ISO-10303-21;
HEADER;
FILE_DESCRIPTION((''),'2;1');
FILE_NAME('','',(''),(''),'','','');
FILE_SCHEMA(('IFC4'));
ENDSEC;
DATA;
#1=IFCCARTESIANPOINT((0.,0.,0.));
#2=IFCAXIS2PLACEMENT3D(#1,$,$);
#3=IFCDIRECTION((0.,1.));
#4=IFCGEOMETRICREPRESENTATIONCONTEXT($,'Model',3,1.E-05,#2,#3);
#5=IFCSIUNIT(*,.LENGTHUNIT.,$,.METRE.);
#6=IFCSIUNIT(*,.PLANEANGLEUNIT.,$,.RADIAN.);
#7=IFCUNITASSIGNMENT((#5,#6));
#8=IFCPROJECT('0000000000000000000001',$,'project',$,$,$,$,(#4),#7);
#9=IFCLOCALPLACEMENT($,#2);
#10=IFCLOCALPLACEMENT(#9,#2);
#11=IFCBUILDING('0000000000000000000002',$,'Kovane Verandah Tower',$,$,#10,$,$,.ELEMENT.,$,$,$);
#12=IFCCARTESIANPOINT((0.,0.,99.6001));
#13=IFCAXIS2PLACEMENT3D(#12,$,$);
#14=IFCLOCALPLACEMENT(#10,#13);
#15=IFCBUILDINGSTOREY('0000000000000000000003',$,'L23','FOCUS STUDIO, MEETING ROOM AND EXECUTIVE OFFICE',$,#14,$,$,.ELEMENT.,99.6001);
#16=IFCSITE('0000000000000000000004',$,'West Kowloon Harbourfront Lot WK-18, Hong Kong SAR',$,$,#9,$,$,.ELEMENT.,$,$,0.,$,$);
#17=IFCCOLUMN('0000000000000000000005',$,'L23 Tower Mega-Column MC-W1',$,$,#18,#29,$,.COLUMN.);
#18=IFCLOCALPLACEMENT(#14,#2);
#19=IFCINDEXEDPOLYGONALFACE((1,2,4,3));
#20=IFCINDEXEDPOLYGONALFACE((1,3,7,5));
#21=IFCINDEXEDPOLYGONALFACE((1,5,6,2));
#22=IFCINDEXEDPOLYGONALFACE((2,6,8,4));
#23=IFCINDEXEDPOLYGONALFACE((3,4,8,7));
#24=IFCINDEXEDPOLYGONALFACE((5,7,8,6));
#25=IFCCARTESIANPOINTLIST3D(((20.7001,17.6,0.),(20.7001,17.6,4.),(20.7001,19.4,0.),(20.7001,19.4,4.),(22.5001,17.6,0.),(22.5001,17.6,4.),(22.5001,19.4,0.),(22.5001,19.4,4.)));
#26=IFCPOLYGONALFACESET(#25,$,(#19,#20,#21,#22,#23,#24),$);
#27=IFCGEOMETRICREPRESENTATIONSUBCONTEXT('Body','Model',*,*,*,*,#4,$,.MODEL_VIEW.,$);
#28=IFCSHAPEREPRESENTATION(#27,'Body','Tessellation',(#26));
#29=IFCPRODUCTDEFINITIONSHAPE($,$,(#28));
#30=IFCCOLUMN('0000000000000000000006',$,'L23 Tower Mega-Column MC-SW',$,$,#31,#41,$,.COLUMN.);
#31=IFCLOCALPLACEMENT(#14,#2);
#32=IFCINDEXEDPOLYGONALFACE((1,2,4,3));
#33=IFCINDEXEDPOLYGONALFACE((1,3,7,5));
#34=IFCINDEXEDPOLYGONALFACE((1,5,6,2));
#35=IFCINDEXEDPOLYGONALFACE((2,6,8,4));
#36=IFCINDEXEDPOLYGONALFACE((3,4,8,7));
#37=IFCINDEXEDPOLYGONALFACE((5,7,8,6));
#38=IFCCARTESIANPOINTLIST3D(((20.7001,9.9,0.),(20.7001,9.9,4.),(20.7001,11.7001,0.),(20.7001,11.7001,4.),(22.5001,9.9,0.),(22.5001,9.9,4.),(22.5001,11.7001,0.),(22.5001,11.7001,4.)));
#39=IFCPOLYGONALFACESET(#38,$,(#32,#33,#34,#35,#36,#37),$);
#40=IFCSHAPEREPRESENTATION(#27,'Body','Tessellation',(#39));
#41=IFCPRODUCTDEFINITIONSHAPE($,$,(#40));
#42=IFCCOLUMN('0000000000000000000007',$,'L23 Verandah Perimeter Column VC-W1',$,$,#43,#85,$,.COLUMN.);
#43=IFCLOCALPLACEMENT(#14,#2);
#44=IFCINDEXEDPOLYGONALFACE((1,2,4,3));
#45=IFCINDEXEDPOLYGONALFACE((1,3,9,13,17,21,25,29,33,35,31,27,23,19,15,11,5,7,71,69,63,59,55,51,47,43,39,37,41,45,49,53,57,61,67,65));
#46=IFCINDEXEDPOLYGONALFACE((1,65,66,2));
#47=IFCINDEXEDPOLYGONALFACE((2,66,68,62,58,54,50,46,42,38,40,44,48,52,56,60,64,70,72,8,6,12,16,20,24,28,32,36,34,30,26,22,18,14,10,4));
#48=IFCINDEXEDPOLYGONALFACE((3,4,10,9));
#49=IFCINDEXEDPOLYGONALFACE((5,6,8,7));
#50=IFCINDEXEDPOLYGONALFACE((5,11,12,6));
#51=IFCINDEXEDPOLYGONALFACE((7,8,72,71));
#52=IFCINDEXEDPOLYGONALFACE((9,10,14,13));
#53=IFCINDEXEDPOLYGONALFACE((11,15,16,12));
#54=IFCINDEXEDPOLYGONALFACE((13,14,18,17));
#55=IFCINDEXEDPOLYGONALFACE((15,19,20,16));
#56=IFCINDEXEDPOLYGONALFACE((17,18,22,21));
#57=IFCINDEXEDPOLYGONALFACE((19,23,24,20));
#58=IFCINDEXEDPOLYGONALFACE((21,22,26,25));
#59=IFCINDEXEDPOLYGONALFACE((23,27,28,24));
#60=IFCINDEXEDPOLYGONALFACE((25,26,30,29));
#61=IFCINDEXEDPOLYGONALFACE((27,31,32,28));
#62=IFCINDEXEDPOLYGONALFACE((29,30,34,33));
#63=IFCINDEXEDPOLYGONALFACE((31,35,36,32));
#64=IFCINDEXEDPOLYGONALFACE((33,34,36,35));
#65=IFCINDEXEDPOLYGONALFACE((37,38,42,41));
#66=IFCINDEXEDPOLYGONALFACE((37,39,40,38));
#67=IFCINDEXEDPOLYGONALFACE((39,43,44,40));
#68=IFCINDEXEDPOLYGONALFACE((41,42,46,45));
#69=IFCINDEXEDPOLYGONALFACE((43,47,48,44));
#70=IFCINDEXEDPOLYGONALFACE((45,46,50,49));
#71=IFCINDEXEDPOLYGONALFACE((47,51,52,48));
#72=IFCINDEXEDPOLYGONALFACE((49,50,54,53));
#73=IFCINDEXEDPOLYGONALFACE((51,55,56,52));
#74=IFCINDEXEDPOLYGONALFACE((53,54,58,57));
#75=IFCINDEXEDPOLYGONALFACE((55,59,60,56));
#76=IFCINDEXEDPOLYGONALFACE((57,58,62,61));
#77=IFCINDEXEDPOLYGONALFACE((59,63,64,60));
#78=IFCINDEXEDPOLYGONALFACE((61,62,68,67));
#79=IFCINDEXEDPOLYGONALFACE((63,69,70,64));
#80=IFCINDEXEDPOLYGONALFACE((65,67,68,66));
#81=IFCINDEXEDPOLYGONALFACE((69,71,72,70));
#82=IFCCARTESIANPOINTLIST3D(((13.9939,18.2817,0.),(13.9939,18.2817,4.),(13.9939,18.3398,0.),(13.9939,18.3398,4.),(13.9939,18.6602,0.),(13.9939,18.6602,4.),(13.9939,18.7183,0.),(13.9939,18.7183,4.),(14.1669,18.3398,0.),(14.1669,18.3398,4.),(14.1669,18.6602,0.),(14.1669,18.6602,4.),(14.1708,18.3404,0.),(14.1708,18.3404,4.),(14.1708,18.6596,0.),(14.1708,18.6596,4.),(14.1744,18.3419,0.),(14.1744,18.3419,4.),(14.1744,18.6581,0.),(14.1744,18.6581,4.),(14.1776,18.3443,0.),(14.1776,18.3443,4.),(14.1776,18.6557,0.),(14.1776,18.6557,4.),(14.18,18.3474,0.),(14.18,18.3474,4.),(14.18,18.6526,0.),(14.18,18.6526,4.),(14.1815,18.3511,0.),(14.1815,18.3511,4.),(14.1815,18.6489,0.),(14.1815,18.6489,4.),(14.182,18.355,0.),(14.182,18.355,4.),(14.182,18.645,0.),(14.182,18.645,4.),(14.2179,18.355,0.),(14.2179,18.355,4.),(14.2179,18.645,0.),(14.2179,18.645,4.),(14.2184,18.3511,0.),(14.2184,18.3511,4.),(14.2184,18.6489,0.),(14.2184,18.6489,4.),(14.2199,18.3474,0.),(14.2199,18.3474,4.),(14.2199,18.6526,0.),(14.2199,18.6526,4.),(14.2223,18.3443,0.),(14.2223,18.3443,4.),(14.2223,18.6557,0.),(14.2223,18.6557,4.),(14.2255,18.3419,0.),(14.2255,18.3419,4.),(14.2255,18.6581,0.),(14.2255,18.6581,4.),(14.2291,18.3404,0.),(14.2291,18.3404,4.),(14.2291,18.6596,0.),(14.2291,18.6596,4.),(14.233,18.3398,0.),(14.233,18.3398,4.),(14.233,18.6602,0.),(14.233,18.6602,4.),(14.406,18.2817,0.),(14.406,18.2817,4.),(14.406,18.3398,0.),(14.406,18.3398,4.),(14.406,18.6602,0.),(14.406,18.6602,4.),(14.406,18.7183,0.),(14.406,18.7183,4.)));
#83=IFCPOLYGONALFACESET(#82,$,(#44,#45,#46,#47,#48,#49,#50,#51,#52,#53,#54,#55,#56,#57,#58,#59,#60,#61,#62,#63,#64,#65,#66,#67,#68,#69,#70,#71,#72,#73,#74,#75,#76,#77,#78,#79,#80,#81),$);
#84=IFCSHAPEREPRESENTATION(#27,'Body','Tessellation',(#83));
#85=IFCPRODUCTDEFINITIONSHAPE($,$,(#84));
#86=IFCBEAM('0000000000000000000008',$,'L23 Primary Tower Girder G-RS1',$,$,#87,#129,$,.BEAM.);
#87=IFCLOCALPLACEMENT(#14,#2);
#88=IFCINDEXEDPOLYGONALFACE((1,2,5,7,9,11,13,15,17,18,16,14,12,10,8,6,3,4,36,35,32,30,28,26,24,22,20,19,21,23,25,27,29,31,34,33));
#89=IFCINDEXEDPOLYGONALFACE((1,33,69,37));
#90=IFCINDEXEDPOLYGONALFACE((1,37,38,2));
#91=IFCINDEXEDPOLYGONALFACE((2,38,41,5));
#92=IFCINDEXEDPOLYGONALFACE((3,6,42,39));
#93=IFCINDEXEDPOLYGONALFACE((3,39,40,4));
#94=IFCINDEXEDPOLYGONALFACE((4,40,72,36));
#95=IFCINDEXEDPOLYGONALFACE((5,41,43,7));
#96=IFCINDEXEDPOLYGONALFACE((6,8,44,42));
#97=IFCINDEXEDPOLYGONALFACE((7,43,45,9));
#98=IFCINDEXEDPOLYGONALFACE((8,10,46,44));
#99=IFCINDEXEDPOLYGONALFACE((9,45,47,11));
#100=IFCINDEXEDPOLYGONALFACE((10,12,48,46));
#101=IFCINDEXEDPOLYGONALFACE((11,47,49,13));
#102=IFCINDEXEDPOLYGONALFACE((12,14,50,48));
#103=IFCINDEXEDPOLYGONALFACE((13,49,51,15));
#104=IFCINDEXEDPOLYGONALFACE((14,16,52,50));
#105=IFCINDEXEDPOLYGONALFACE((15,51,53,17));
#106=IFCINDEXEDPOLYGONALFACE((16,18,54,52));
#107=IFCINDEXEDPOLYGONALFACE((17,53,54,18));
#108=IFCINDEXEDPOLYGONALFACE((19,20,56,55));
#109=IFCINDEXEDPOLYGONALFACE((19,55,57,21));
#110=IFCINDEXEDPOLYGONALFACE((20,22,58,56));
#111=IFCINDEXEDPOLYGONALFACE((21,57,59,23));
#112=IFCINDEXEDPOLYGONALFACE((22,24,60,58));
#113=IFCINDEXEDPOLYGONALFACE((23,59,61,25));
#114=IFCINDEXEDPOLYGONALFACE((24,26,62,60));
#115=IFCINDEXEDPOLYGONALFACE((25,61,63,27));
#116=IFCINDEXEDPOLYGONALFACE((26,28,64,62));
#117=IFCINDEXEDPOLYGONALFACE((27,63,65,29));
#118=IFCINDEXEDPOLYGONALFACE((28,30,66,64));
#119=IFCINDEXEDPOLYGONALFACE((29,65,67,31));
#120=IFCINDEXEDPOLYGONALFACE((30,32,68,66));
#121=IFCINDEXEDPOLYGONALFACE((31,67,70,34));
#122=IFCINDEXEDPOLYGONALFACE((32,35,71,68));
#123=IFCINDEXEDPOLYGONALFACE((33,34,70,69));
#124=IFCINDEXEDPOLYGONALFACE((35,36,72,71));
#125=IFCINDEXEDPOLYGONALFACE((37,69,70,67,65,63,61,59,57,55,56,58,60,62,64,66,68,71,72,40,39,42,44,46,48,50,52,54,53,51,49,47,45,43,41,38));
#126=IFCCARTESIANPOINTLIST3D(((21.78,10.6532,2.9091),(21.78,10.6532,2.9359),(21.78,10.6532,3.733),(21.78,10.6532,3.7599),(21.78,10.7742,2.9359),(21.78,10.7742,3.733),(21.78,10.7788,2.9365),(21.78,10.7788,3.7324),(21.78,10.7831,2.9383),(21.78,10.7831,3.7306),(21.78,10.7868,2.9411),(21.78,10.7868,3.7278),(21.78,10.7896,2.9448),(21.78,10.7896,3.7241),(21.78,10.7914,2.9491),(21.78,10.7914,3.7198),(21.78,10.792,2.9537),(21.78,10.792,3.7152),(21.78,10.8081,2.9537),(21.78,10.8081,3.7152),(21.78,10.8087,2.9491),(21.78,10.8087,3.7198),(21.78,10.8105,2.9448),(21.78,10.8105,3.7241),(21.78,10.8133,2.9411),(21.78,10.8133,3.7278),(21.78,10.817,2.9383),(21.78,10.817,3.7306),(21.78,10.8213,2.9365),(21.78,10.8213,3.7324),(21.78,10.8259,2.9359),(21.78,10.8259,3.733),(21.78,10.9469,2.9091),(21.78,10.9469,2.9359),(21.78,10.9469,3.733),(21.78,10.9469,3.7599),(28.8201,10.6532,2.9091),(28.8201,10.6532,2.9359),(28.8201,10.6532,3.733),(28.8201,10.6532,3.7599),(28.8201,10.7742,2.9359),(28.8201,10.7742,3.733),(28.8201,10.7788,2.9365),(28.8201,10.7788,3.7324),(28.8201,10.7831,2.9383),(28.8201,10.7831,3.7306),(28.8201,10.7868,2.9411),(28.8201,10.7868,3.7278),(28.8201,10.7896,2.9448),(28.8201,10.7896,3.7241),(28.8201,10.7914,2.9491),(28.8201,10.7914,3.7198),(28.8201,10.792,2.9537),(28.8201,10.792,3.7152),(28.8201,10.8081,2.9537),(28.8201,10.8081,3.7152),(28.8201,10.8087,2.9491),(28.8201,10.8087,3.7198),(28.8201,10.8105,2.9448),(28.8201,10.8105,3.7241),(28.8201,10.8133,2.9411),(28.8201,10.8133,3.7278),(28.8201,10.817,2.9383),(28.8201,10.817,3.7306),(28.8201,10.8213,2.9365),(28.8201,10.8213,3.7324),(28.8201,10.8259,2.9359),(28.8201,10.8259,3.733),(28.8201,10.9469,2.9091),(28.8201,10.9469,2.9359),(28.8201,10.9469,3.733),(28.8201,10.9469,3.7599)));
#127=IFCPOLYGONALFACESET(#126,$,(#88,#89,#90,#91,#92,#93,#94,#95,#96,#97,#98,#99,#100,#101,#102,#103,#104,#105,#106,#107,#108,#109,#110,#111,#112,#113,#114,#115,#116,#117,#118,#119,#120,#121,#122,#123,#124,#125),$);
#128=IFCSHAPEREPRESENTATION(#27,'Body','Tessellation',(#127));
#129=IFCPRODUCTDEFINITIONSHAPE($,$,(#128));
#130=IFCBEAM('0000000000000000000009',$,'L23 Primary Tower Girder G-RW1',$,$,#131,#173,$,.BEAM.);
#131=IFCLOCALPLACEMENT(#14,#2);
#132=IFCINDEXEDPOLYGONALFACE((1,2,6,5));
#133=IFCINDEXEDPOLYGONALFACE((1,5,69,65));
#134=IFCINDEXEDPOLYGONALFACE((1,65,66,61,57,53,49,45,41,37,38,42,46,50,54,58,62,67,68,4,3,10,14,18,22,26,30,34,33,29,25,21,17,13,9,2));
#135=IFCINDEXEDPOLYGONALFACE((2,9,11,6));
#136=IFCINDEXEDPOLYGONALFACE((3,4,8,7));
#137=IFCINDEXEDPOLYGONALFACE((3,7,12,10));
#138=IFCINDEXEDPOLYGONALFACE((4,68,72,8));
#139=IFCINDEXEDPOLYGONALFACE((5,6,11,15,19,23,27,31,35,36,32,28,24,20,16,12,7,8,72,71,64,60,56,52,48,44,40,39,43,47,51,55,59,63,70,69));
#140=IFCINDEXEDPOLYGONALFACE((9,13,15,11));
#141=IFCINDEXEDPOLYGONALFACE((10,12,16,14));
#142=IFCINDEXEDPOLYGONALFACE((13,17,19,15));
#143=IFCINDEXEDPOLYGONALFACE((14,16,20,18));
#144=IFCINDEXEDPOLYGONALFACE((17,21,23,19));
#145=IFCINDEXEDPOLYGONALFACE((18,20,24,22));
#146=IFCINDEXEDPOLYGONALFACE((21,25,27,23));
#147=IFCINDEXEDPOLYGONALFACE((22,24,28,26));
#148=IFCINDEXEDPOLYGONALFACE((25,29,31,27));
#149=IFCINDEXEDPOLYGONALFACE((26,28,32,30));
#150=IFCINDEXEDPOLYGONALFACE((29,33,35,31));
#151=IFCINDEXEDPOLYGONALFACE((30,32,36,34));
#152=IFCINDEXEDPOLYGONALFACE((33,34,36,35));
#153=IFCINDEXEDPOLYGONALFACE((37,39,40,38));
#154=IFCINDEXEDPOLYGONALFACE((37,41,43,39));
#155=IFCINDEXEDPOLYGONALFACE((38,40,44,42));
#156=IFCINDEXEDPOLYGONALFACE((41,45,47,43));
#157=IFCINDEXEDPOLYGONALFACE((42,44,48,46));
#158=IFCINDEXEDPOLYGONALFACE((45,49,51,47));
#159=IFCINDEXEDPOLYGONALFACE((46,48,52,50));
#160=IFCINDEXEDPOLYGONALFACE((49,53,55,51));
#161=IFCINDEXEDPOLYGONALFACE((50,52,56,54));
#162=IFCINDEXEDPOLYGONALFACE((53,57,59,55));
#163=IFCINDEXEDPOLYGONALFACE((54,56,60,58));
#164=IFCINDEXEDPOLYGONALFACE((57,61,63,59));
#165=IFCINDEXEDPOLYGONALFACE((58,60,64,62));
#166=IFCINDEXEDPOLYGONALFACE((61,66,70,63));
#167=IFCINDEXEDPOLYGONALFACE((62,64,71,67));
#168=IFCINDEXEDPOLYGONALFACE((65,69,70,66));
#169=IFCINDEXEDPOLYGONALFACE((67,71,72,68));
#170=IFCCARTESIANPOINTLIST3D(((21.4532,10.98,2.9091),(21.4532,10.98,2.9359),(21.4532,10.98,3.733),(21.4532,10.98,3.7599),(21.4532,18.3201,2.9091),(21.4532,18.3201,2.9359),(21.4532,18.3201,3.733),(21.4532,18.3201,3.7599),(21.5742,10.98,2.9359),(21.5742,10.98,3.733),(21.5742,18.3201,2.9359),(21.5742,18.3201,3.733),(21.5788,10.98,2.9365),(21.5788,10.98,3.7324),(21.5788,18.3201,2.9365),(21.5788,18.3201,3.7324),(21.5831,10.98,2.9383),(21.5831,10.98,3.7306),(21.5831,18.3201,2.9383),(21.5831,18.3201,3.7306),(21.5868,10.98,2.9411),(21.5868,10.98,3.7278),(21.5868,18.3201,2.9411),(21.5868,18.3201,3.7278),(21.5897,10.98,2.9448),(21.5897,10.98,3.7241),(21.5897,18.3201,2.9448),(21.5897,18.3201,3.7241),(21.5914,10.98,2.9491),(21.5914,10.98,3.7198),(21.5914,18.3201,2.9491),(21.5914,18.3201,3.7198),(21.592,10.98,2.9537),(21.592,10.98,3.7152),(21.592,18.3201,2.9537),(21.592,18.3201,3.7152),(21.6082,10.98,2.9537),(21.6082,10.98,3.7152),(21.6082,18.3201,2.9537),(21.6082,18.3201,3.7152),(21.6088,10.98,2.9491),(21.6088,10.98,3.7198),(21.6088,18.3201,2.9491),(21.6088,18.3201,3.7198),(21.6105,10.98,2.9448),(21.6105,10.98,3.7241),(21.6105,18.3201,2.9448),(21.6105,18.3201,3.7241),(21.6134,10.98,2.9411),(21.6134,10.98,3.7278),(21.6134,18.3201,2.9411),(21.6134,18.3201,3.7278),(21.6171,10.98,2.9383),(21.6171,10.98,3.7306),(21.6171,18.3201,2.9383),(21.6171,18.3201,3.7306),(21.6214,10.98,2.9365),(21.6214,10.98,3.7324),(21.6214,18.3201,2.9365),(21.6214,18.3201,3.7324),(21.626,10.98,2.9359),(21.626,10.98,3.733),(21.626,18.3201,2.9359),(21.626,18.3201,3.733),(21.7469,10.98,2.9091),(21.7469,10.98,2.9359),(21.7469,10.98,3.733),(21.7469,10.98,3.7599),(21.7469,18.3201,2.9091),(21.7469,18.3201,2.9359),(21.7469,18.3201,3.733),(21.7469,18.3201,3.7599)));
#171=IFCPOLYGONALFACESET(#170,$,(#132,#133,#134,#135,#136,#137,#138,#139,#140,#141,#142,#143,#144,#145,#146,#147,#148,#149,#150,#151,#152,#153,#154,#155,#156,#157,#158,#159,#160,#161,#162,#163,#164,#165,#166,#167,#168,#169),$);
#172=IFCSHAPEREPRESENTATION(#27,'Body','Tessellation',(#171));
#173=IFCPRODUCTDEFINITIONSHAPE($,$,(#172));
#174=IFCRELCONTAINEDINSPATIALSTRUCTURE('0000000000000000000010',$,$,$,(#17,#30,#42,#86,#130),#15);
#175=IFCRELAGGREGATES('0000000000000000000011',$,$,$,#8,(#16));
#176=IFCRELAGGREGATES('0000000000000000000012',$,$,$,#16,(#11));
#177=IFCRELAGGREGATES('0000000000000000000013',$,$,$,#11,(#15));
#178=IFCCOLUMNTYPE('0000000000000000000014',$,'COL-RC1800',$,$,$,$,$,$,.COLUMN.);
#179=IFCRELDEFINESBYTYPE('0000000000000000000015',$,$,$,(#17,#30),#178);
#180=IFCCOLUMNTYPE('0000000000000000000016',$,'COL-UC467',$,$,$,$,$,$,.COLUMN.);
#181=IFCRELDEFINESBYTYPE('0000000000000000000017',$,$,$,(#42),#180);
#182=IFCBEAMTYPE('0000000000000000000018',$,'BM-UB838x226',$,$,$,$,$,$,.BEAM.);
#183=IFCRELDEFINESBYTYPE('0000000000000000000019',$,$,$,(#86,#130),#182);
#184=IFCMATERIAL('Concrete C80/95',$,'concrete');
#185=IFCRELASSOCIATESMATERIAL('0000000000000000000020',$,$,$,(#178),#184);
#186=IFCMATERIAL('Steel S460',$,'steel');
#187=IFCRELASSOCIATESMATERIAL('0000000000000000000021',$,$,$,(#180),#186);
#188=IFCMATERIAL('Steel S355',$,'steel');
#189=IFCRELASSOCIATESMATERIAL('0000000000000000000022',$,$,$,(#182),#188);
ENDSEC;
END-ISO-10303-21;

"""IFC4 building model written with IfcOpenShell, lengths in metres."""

from ifc_helpers import new_model, si_unit, direction, frame, origin, origin_2d, place, context, subcontext, project, spatial, rectangle, i_section, extrude, material, material_profile, profile_set, type_object, element, save


model = new_model("IFC4")

# Units and contexts
model_context = context("Model", 3, precision=1e-05, world=origin(), true_north=direction((0.0, 1.0)))
body_context = subcontext(model_context, "Body", "Model", "MODEL_VIEW")
ifc_project = project(units=[si_unit("LENGTHUNIT", "METRE"), si_unit("PLANEANGLEUNIT", "RADIAN")], contexts=[model_context])

# Site, building, storey
site_placement = place(None, origin())
site = spatial("IfcSite", under=ifc_project, at=site_placement, Name="West Kowloon Harbourfront Lot WK-18, Hong Kong SAR", CompositionType="ELEMENT", RefElevation=0.0)
building_placement = place(site_placement, origin())
building = spatial("IfcBuilding", under=site, at=building_placement, Name="Kovane Verandah Tower", CompositionType="ELEMENT")
storey_placement = place(building_placement, frame((0.0, 0.0, 99.6001)))
storey = spatial("IfcBuildingStorey", under=building, at=storey_placement, Name="L23", Description="FOCUS STUDIO, MEETING ROOM AND EXECUTIVE OFFICE", CompositionType="ELEMENT", Elevation=99.6001)

# Columns
ifc_material_1 = material(Name="Concrete C80/95", Category="concrete")
ifc_material_profile_1 = material_profile(ifc_material_1, rectangle(XDim=1.8, YDim=1.8, at=origin_2d()), Name="RC1800x1800")
ifc_profile_set_1 = profile_set([ifc_material_profile_1], Name="Concrete C80/95")
column_type_1 = type_object("IfcColumnType", Name="COL-RC1800", PredefinedType="COLUMN", material=ifc_profile_set_1)
for number, where, z_axis, x_axis, name in (
    (1, (21.6001, 18.5, 0.0), (0.0, 0.0, 1.0), (1.0, 0.0, 0.0), "L23 Tower Mega-Column MC-W1"),
    (2, (21.6001, 10.8, 0.0), (0.0, 0.0, 1.0), (1.0, 0.0, 0.0), "L23 Tower Mega-Column MC-SW"),
):
    element("IfcColumn", number, at=place(storey_placement, frame(where, z_axis=z_axis, x_axis=x_axis)), inside=storey, type_object=column_type_1, Name=name, PredefinedType="COLUMN", context=body_context, shape_type="SweptSolid", body=[
        extrude(rectangle(XDim=1.8, YDim=1.8, at=origin_2d()), origin(), (0.0, 0.0, 1.0), 4.0),
    ])
ifc_material_2 = material(Name="Steel S460", Category="steel")
ifc_material_profile_2 = material_profile(ifc_material_2, i_section(OverallWidth=0.4121, OverallDepth=0.4365, WebThickness=0.0359, FlangeThickness=0.0581, FilletRadius=0.0151, at=origin_2d()), Name="UC356x406x467")
ifc_profile_set_2 = profile_set([ifc_material_profile_2], Name="Steel S460")
column_type_2 = type_object("IfcColumnType", Name="COL-UC467", PredefinedType="COLUMN", material=ifc_profile_set_2)
column_placement = place(storey_placement, frame((14.2, 18.5, 0.0), z_axis=(0.0, 0.0, 1.0), x_axis=(1.0, 0.0, 0.0)))
element("IfcColumn", 3, at=column_placement, inside=storey, type_object=column_type_2, Name="L23 Verandah Perimeter Column VC-W1", PredefinedType="COLUMN", context=body_context, shape_type="SweptSolid", body=[
    extrude(i_section(OverallWidth=0.4121, OverallDepth=0.4365, WebThickness=0.0359, FlangeThickness=0.0581, FilletRadius=0.0151, at=origin_2d()), origin(), (0.0, 0.0, 1.0), 4.0),
])

# Beams
ifc_material_3 = material(Name="Steel S355", Category="steel")
ifc_material_profile_3 = material_profile(ifc_material_3, i_section(OverallWidth=0.2937, OverallDepth=0.8508, WebThickness=0.0161, FlangeThickness=0.0269, FilletRadius=0.0178, at=origin_2d()), Name="UB838x292x226")
ifc_profile_set_3 = profile_set([ifc_material_profile_3], Name="Steel S355")
beam_type_1 = type_object("IfcBeamType", Name="BM-UB838x226", PredefinedType="BEAM", material=ifc_profile_set_3)
beam_1_placement = place(storey_placement, frame((21.78, 10.8, 3.3345), z_axis=(1.0, 0.0, 0.0), x_axis=(0.0, 1.0, 0.0)))
element("IfcBeam", 4, at=beam_1_placement, inside=storey, type_object=beam_type_1, Name="L23 Primary Tower Girder G-RS1", PredefinedType="BEAM", context=body_context, shape_type="SweptSolid", body=[
    extrude(i_section(OverallWidth=0.2937, OverallDepth=0.8508, WebThickness=0.0161, FlangeThickness=0.0269, FilletRadius=0.0178, at=origin_2d()), origin(), (0.0, 0.0, 1.0), 7.04),
])
beam_2_placement = place(storey_placement, frame((21.6001, 10.98, 3.3345), z_axis=(0.0, 1.0, 0.0), x_axis=(-1.0, 0.0, 0.0)))
element("IfcBeam", 5, at=beam_2_placement, inside=storey, type_object=beam_type_1, Name="L23 Primary Tower Girder G-RW1", PredefinedType="BEAM", context=body_context, shape_type="SweptSolid", body=[
    extrude(i_section(OverallWidth=0.2937, OverallDepth=0.8508, WebThickness=0.0161, FlangeThickness=0.0269, FilletRadius=0.0178, at=origin_2d()), origin(), (0.0, 0.0, 1.0), 7.3401),
])

save(model, "model.ifc")
